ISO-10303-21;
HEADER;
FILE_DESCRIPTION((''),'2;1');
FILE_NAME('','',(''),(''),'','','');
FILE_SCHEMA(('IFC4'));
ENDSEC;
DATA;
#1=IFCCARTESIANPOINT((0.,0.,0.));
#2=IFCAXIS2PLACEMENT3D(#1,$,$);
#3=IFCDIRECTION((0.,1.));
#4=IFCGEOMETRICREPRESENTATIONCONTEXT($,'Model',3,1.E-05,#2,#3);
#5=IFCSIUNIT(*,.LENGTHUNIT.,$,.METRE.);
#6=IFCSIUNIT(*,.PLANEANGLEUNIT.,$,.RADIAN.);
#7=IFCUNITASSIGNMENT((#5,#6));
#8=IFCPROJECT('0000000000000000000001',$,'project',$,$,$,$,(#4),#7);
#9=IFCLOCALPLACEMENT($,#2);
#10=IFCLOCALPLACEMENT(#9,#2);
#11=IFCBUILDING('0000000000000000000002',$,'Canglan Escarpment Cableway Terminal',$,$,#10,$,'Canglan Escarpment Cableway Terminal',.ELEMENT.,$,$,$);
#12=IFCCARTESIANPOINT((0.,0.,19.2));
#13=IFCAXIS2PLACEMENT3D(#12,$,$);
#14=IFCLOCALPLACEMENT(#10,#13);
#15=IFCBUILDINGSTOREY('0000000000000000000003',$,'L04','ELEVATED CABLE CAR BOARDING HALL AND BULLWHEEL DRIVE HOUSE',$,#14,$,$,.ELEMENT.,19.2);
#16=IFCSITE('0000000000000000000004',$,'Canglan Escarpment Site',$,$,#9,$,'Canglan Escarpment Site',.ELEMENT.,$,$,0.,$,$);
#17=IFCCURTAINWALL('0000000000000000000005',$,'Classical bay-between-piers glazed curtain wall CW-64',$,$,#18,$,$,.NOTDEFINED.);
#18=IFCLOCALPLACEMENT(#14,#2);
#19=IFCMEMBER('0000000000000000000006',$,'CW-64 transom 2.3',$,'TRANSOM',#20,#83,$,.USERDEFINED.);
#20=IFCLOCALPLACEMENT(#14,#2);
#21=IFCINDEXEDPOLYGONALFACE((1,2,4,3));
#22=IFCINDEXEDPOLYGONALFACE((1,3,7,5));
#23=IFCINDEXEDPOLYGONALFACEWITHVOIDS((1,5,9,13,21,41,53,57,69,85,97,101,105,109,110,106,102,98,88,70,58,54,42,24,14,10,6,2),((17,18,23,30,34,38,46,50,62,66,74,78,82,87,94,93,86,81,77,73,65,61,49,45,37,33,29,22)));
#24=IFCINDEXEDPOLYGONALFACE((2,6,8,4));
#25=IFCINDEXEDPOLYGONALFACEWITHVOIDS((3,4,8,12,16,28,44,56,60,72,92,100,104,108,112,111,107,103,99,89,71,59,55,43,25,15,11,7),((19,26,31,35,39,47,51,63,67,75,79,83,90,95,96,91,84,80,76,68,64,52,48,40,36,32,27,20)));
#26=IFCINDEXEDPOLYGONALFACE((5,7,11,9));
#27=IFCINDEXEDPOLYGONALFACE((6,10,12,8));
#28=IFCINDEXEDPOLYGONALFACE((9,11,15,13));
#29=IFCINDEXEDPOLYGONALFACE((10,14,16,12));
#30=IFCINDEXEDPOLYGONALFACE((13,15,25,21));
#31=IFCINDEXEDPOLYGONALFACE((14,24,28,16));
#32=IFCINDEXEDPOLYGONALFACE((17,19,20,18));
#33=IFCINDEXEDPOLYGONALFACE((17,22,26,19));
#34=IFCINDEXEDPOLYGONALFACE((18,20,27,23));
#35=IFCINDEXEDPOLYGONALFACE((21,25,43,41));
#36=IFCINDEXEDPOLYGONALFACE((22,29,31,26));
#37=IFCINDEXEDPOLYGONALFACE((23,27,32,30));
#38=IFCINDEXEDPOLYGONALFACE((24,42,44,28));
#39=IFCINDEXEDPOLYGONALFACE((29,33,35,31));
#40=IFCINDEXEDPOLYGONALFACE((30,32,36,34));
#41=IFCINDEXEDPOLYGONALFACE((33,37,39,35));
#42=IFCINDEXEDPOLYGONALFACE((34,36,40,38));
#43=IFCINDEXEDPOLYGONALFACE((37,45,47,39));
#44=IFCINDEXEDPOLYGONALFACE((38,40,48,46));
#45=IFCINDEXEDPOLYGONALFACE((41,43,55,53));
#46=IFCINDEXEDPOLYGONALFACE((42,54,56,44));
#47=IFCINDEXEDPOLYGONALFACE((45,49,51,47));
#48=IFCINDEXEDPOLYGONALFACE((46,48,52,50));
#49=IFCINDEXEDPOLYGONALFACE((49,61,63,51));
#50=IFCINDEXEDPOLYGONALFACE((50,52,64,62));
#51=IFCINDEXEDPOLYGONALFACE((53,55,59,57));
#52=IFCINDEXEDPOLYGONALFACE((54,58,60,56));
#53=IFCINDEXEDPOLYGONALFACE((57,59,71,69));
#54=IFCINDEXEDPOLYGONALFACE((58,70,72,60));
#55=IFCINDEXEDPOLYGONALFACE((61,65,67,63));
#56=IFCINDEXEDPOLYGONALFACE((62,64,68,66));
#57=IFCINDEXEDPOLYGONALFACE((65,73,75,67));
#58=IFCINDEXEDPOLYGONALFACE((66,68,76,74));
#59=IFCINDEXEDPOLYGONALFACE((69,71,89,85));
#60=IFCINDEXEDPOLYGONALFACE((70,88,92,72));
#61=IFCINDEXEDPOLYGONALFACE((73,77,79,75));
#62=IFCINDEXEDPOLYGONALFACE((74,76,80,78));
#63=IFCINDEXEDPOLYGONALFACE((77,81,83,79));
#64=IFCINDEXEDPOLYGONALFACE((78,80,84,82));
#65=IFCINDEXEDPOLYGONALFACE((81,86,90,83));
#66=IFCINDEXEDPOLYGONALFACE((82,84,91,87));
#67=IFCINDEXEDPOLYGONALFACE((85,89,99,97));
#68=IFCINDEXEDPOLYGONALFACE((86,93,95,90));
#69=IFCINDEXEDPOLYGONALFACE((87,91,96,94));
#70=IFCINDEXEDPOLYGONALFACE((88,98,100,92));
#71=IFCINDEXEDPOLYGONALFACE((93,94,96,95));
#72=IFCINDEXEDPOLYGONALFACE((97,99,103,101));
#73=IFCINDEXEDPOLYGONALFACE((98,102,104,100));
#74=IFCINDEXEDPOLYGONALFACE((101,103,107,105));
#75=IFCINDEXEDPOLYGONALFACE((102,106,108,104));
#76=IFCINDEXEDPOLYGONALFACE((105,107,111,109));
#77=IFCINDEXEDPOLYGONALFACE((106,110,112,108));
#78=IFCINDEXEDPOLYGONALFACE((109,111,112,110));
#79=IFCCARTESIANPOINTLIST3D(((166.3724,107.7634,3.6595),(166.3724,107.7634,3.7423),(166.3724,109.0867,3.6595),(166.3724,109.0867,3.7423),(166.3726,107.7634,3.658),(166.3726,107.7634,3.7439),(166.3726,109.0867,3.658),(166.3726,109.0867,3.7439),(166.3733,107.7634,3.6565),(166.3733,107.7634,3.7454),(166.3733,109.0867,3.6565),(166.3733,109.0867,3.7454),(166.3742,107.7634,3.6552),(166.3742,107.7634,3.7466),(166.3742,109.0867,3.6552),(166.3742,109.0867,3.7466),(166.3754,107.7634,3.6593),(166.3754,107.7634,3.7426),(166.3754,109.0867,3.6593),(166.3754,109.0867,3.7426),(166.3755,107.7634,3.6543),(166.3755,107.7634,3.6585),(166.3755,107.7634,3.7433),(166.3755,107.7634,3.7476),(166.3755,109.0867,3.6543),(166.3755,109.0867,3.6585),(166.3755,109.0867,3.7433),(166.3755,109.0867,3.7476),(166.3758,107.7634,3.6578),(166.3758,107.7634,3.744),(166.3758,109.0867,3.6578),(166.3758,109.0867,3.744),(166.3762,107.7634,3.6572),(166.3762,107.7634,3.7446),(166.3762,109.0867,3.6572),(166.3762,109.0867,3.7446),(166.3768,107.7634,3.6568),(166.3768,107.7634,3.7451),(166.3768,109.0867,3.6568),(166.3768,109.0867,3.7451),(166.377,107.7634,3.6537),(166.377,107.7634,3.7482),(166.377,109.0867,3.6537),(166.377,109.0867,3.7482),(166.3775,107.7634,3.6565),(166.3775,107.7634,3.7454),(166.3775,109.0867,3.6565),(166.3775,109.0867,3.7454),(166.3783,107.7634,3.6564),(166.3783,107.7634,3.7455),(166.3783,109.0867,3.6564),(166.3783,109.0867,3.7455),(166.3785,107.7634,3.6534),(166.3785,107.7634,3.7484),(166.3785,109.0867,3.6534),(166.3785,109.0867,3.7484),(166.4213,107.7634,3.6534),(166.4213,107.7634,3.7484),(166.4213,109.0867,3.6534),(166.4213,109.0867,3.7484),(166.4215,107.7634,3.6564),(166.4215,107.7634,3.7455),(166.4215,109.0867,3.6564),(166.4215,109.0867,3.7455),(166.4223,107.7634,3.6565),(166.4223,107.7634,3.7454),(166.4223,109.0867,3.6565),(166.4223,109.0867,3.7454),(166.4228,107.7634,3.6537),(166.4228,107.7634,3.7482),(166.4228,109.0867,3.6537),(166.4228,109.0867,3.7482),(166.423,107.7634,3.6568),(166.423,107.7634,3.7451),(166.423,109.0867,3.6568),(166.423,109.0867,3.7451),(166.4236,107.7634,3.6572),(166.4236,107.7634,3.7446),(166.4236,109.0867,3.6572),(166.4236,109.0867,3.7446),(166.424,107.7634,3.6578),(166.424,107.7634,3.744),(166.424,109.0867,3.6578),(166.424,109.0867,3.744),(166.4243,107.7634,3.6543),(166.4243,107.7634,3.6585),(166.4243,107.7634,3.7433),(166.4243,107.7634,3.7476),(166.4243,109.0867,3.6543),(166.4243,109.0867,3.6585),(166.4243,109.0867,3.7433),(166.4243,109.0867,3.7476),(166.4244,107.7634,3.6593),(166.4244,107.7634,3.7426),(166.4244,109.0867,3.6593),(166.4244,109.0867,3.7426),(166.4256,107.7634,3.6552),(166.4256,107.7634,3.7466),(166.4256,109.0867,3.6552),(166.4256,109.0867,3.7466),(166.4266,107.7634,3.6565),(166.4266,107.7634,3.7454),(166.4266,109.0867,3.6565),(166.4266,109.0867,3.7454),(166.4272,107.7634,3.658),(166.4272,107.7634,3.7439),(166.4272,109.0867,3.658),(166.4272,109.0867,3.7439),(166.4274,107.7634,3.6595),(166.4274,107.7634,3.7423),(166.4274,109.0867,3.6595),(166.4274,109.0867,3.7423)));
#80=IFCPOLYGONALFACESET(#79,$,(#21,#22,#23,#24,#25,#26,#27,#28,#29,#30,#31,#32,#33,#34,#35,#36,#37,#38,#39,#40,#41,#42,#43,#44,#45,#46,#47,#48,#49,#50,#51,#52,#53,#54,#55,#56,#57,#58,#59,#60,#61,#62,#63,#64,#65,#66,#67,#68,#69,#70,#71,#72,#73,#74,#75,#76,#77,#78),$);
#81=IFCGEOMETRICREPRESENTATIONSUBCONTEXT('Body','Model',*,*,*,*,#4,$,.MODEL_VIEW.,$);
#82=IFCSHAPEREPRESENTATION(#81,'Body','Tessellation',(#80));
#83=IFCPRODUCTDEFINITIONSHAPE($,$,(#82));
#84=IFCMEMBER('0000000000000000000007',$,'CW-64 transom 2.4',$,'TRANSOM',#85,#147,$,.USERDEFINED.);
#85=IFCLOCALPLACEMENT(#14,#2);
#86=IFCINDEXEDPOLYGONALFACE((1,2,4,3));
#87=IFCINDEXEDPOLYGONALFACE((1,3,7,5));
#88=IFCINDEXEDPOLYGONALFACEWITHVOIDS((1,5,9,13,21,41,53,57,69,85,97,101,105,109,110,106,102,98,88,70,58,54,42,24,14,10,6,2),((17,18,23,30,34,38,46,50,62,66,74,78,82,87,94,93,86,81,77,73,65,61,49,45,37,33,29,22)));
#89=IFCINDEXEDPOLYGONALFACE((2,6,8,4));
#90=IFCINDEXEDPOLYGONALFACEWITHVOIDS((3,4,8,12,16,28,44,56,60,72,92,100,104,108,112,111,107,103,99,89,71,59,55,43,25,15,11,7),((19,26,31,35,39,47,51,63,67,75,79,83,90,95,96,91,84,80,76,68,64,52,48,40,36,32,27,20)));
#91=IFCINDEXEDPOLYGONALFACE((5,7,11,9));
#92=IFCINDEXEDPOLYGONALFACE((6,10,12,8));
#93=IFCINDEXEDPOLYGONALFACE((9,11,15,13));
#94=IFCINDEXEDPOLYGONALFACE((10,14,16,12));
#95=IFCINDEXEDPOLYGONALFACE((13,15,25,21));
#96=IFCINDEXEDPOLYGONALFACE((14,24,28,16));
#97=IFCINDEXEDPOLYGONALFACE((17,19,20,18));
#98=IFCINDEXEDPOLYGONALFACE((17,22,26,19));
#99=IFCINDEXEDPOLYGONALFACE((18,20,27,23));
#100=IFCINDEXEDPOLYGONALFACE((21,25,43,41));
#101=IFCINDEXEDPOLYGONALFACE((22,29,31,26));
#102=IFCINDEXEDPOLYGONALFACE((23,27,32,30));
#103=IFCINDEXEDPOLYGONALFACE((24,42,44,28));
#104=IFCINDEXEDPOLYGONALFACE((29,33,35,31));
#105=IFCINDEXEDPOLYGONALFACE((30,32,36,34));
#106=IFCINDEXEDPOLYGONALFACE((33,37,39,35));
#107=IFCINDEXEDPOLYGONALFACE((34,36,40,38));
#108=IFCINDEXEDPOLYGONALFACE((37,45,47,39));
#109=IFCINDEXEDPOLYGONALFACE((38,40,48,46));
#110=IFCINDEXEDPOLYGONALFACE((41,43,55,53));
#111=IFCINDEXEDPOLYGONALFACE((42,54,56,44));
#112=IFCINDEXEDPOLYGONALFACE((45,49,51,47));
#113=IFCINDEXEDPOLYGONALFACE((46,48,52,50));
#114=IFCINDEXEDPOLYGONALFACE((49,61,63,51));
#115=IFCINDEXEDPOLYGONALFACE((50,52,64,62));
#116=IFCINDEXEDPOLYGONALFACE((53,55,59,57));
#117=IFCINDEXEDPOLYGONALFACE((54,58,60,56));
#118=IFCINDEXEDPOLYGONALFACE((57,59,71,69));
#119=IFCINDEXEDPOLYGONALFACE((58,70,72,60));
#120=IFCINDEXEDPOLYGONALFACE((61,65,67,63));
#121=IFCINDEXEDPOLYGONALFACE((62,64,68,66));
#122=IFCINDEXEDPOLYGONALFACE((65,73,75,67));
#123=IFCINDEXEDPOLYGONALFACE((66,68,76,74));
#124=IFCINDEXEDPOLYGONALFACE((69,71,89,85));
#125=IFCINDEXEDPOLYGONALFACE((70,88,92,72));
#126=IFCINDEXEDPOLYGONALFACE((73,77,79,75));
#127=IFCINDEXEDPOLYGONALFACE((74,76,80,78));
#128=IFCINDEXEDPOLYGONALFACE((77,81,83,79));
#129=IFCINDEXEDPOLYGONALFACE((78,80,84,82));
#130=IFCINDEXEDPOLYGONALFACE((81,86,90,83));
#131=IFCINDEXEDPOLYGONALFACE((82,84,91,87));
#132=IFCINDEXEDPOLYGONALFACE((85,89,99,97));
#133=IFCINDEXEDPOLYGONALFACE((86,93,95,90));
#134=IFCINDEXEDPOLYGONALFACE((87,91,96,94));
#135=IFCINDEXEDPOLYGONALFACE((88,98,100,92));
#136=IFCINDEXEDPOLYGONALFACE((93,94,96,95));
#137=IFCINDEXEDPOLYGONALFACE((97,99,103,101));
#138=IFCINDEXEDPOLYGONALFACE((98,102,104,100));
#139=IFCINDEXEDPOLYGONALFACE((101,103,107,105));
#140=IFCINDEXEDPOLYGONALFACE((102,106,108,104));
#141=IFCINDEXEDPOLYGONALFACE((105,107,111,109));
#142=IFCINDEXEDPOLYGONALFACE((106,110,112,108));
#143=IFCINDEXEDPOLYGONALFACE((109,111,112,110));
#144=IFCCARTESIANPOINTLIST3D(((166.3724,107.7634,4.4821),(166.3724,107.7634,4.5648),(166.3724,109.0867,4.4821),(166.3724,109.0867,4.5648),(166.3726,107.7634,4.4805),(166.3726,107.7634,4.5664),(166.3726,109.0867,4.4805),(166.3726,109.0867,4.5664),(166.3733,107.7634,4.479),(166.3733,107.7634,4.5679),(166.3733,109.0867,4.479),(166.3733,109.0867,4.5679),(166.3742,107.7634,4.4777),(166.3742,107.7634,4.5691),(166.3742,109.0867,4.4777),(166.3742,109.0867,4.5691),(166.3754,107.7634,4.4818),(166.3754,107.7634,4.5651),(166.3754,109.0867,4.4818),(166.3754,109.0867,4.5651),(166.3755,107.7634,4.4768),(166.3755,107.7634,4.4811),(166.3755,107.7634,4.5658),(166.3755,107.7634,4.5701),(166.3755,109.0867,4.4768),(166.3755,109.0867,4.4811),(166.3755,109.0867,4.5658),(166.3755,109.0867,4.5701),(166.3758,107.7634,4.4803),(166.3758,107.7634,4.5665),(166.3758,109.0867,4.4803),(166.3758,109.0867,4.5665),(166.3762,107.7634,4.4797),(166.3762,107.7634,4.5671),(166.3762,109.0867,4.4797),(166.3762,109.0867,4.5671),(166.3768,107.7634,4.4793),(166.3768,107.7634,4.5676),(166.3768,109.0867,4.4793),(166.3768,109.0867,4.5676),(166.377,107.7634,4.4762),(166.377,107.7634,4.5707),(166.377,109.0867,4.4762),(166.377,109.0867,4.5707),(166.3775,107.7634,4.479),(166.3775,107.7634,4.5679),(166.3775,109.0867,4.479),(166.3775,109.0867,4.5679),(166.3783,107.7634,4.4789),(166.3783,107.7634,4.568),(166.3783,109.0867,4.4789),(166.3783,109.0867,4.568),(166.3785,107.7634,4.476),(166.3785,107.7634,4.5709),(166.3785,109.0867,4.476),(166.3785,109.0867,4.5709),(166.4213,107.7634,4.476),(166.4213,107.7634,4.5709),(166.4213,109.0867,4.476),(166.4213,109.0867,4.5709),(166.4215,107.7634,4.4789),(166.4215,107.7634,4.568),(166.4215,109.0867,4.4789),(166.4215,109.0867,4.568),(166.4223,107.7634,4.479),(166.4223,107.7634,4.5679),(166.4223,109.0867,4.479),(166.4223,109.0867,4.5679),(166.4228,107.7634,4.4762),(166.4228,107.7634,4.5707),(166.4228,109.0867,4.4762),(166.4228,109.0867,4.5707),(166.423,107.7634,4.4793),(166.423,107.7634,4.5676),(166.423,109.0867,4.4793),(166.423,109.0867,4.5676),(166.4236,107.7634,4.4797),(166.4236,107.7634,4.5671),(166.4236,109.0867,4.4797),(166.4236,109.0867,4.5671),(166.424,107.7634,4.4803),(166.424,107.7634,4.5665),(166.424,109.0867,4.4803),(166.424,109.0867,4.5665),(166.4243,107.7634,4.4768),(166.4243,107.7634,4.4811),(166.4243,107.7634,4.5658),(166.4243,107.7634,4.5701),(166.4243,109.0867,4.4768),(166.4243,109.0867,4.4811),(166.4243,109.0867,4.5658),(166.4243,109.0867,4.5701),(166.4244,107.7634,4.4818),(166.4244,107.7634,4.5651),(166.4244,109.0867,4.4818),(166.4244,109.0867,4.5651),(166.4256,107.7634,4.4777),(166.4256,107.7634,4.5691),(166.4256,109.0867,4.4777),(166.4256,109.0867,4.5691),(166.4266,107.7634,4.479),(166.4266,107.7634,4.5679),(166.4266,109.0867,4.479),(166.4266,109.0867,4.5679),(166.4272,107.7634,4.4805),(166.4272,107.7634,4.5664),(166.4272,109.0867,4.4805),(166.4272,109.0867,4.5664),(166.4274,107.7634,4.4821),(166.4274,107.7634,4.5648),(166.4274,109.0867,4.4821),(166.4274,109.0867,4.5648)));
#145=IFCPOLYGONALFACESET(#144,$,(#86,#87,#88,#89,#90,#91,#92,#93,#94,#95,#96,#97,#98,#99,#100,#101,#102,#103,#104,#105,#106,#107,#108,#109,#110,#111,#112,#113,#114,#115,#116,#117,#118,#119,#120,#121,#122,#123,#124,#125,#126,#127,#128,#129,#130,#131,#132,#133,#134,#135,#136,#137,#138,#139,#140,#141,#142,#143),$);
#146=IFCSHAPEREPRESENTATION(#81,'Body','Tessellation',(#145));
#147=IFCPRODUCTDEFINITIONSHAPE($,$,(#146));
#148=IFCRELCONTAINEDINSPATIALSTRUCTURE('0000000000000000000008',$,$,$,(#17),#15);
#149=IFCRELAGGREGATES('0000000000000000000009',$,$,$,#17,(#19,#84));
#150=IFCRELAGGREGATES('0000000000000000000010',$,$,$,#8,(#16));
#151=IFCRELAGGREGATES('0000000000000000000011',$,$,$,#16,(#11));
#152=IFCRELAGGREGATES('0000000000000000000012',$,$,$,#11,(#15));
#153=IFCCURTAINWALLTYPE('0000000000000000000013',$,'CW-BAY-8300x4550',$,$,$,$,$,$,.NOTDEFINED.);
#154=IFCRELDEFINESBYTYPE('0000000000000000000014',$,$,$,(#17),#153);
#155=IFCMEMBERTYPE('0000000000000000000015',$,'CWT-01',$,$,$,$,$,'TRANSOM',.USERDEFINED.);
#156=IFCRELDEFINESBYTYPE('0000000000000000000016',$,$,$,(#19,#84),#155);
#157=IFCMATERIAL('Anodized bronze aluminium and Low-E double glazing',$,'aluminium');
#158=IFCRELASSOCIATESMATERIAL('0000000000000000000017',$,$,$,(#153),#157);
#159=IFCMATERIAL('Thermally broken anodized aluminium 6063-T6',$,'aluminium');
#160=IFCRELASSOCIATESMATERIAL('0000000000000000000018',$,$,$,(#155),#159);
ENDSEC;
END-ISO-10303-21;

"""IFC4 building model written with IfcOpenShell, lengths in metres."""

from ifc_helpers import new_model, si_unit, direction, frame, origin, origin_2d, place, context, subcontext, project, spatial, hollow_rectangle, extrude, material, material_profile, profile_set, type_object, element, aggregate, save


model = new_model("IFC4")

# Units and contexts
model_context = context("Model", 3, precision=1e-05, world=origin(), true_north=direction((0.0, 1.0)))
body_context = subcontext(model_context, "Body", "Model", "MODEL_VIEW")
ifc_project = project(units=[si_unit("LENGTHUNIT", "METRE"), si_unit("PLANEANGLEUNIT", "RADIAN")], contexts=[model_context])

# Site, building, storey
site_placement = place(None, origin())
site = spatial("IfcSite", under=ifc_project, at=site_placement, Name="Canglan Escarpment Site", LongName="Canglan Escarpment Site", CompositionType="ELEMENT", RefElevation=0.0)
building_placement = place(site_placement, origin())
building = spatial("IfcBuilding", under=site, at=building_placement, Name="Canglan Escarpment Cableway Terminal", LongName="Canglan Escarpment Cableway Terminal", CompositionType="ELEMENT")
storey_placement = place(building_placement, frame((0.0, 0.0, 19.2)))
storey = spatial("IfcBuildingStorey", under=building, at=storey_placement, Name="L04", Description="ELEVATED CABLE CAR BOARDING HALL AND BULLWHEEL DRIVE HOUSE", CompositionType="ELEMENT", Elevation=19.2)

# Curtain wall
ifc_material_1 = material(Name="Anodized bronze aluminium and Low-E double glazing", Category="aluminium")
curtain_wall_type = type_object("IfcCurtainWallType", Name="CW-BAY-8300x4550", PredefinedType="NOTDEFINED", material=ifc_material_1)
curtain_wall_1_placement = place(storey_placement, origin())
curtain_wall_1 = element("IfcCurtainWall", 1, at=curtain_wall_1_placement, inside=storey, type_object=curtain_wall_type, Name="Classical bay-between-piers glazed curtain wall CW-64", PredefinedType="NOTDEFINED")
ifc_material_2 = material(Name="Thermally broken anodized aluminium 6063-T6", Category="aluminium")

# Members
ifc_material_profile_1 = material_profile(ifc_material_2, hollow_rectangle(XDim=0.0549, YDim=0.095, WallThickness=0.0029, InnerFilletRadius=0.0029, OuterFilletRadius=0.0061, at=origin_2d()), Name="ALU-TRAN 55x95x3")
ifc_profile_set_1 = profile_set([ifc_material_profile_1], Name="Thermally broken anodized aluminium 6063-T6")
member_type_1 = type_object("IfcMemberType", Name="CWT-01", ElementType="TRANSOM", PredefinedType="USERDEFINED", material=ifc_profile_set_1)
member_1_placement = place(storey_placement, frame((166.3999, 107.7634, 3.7009), z_axis=(0.0, 1.0, 0.0), x_axis=(-1.0, 0.0, 0.0)))
member_1 = element("IfcMember", 2, at=member_1_placement, type_object=member_type_1, Name="CW-64 transom 2.3", ObjectType="TRANSOM", PredefinedType="USERDEFINED", context=body_context, shape_type="SweptSolid", body=[
    extrude(hollow_rectangle(XDim=0.0549, YDim=0.095, WallThickness=0.0029, InnerFilletRadius=0.0029, OuterFilletRadius=0.0061, at=origin_2d()), origin(), (0.0, 0.0, 1.0), 1.3232),
])
member_2_placement = place(storey_placement, frame((166.3999, 107.7634, 4.5234), z_axis=(0.0, 1.0, 0.0), x_axis=(-1.0, 0.0, 0.0)))
member_2 = element("IfcMember", 3, at=member_2_placement, type_object=member_type_1, Name="CW-64 transom 2.4", ObjectType="TRANSOM", PredefinedType="USERDEFINED", context=body_context, shape_type="SweptSolid", body=[
    extrude(hollow_rectangle(XDim=0.0549, YDim=0.095, WallThickness=0.0029, InnerFilletRadius=0.0029, OuterFilletRadius=0.0061, at=origin_2d()), origin(), (0.0, 0.0, 1.0), 1.3232),
])

aggregate(curtain_wall_1, [member_1, member_2])

save(model, "model.ifc")
